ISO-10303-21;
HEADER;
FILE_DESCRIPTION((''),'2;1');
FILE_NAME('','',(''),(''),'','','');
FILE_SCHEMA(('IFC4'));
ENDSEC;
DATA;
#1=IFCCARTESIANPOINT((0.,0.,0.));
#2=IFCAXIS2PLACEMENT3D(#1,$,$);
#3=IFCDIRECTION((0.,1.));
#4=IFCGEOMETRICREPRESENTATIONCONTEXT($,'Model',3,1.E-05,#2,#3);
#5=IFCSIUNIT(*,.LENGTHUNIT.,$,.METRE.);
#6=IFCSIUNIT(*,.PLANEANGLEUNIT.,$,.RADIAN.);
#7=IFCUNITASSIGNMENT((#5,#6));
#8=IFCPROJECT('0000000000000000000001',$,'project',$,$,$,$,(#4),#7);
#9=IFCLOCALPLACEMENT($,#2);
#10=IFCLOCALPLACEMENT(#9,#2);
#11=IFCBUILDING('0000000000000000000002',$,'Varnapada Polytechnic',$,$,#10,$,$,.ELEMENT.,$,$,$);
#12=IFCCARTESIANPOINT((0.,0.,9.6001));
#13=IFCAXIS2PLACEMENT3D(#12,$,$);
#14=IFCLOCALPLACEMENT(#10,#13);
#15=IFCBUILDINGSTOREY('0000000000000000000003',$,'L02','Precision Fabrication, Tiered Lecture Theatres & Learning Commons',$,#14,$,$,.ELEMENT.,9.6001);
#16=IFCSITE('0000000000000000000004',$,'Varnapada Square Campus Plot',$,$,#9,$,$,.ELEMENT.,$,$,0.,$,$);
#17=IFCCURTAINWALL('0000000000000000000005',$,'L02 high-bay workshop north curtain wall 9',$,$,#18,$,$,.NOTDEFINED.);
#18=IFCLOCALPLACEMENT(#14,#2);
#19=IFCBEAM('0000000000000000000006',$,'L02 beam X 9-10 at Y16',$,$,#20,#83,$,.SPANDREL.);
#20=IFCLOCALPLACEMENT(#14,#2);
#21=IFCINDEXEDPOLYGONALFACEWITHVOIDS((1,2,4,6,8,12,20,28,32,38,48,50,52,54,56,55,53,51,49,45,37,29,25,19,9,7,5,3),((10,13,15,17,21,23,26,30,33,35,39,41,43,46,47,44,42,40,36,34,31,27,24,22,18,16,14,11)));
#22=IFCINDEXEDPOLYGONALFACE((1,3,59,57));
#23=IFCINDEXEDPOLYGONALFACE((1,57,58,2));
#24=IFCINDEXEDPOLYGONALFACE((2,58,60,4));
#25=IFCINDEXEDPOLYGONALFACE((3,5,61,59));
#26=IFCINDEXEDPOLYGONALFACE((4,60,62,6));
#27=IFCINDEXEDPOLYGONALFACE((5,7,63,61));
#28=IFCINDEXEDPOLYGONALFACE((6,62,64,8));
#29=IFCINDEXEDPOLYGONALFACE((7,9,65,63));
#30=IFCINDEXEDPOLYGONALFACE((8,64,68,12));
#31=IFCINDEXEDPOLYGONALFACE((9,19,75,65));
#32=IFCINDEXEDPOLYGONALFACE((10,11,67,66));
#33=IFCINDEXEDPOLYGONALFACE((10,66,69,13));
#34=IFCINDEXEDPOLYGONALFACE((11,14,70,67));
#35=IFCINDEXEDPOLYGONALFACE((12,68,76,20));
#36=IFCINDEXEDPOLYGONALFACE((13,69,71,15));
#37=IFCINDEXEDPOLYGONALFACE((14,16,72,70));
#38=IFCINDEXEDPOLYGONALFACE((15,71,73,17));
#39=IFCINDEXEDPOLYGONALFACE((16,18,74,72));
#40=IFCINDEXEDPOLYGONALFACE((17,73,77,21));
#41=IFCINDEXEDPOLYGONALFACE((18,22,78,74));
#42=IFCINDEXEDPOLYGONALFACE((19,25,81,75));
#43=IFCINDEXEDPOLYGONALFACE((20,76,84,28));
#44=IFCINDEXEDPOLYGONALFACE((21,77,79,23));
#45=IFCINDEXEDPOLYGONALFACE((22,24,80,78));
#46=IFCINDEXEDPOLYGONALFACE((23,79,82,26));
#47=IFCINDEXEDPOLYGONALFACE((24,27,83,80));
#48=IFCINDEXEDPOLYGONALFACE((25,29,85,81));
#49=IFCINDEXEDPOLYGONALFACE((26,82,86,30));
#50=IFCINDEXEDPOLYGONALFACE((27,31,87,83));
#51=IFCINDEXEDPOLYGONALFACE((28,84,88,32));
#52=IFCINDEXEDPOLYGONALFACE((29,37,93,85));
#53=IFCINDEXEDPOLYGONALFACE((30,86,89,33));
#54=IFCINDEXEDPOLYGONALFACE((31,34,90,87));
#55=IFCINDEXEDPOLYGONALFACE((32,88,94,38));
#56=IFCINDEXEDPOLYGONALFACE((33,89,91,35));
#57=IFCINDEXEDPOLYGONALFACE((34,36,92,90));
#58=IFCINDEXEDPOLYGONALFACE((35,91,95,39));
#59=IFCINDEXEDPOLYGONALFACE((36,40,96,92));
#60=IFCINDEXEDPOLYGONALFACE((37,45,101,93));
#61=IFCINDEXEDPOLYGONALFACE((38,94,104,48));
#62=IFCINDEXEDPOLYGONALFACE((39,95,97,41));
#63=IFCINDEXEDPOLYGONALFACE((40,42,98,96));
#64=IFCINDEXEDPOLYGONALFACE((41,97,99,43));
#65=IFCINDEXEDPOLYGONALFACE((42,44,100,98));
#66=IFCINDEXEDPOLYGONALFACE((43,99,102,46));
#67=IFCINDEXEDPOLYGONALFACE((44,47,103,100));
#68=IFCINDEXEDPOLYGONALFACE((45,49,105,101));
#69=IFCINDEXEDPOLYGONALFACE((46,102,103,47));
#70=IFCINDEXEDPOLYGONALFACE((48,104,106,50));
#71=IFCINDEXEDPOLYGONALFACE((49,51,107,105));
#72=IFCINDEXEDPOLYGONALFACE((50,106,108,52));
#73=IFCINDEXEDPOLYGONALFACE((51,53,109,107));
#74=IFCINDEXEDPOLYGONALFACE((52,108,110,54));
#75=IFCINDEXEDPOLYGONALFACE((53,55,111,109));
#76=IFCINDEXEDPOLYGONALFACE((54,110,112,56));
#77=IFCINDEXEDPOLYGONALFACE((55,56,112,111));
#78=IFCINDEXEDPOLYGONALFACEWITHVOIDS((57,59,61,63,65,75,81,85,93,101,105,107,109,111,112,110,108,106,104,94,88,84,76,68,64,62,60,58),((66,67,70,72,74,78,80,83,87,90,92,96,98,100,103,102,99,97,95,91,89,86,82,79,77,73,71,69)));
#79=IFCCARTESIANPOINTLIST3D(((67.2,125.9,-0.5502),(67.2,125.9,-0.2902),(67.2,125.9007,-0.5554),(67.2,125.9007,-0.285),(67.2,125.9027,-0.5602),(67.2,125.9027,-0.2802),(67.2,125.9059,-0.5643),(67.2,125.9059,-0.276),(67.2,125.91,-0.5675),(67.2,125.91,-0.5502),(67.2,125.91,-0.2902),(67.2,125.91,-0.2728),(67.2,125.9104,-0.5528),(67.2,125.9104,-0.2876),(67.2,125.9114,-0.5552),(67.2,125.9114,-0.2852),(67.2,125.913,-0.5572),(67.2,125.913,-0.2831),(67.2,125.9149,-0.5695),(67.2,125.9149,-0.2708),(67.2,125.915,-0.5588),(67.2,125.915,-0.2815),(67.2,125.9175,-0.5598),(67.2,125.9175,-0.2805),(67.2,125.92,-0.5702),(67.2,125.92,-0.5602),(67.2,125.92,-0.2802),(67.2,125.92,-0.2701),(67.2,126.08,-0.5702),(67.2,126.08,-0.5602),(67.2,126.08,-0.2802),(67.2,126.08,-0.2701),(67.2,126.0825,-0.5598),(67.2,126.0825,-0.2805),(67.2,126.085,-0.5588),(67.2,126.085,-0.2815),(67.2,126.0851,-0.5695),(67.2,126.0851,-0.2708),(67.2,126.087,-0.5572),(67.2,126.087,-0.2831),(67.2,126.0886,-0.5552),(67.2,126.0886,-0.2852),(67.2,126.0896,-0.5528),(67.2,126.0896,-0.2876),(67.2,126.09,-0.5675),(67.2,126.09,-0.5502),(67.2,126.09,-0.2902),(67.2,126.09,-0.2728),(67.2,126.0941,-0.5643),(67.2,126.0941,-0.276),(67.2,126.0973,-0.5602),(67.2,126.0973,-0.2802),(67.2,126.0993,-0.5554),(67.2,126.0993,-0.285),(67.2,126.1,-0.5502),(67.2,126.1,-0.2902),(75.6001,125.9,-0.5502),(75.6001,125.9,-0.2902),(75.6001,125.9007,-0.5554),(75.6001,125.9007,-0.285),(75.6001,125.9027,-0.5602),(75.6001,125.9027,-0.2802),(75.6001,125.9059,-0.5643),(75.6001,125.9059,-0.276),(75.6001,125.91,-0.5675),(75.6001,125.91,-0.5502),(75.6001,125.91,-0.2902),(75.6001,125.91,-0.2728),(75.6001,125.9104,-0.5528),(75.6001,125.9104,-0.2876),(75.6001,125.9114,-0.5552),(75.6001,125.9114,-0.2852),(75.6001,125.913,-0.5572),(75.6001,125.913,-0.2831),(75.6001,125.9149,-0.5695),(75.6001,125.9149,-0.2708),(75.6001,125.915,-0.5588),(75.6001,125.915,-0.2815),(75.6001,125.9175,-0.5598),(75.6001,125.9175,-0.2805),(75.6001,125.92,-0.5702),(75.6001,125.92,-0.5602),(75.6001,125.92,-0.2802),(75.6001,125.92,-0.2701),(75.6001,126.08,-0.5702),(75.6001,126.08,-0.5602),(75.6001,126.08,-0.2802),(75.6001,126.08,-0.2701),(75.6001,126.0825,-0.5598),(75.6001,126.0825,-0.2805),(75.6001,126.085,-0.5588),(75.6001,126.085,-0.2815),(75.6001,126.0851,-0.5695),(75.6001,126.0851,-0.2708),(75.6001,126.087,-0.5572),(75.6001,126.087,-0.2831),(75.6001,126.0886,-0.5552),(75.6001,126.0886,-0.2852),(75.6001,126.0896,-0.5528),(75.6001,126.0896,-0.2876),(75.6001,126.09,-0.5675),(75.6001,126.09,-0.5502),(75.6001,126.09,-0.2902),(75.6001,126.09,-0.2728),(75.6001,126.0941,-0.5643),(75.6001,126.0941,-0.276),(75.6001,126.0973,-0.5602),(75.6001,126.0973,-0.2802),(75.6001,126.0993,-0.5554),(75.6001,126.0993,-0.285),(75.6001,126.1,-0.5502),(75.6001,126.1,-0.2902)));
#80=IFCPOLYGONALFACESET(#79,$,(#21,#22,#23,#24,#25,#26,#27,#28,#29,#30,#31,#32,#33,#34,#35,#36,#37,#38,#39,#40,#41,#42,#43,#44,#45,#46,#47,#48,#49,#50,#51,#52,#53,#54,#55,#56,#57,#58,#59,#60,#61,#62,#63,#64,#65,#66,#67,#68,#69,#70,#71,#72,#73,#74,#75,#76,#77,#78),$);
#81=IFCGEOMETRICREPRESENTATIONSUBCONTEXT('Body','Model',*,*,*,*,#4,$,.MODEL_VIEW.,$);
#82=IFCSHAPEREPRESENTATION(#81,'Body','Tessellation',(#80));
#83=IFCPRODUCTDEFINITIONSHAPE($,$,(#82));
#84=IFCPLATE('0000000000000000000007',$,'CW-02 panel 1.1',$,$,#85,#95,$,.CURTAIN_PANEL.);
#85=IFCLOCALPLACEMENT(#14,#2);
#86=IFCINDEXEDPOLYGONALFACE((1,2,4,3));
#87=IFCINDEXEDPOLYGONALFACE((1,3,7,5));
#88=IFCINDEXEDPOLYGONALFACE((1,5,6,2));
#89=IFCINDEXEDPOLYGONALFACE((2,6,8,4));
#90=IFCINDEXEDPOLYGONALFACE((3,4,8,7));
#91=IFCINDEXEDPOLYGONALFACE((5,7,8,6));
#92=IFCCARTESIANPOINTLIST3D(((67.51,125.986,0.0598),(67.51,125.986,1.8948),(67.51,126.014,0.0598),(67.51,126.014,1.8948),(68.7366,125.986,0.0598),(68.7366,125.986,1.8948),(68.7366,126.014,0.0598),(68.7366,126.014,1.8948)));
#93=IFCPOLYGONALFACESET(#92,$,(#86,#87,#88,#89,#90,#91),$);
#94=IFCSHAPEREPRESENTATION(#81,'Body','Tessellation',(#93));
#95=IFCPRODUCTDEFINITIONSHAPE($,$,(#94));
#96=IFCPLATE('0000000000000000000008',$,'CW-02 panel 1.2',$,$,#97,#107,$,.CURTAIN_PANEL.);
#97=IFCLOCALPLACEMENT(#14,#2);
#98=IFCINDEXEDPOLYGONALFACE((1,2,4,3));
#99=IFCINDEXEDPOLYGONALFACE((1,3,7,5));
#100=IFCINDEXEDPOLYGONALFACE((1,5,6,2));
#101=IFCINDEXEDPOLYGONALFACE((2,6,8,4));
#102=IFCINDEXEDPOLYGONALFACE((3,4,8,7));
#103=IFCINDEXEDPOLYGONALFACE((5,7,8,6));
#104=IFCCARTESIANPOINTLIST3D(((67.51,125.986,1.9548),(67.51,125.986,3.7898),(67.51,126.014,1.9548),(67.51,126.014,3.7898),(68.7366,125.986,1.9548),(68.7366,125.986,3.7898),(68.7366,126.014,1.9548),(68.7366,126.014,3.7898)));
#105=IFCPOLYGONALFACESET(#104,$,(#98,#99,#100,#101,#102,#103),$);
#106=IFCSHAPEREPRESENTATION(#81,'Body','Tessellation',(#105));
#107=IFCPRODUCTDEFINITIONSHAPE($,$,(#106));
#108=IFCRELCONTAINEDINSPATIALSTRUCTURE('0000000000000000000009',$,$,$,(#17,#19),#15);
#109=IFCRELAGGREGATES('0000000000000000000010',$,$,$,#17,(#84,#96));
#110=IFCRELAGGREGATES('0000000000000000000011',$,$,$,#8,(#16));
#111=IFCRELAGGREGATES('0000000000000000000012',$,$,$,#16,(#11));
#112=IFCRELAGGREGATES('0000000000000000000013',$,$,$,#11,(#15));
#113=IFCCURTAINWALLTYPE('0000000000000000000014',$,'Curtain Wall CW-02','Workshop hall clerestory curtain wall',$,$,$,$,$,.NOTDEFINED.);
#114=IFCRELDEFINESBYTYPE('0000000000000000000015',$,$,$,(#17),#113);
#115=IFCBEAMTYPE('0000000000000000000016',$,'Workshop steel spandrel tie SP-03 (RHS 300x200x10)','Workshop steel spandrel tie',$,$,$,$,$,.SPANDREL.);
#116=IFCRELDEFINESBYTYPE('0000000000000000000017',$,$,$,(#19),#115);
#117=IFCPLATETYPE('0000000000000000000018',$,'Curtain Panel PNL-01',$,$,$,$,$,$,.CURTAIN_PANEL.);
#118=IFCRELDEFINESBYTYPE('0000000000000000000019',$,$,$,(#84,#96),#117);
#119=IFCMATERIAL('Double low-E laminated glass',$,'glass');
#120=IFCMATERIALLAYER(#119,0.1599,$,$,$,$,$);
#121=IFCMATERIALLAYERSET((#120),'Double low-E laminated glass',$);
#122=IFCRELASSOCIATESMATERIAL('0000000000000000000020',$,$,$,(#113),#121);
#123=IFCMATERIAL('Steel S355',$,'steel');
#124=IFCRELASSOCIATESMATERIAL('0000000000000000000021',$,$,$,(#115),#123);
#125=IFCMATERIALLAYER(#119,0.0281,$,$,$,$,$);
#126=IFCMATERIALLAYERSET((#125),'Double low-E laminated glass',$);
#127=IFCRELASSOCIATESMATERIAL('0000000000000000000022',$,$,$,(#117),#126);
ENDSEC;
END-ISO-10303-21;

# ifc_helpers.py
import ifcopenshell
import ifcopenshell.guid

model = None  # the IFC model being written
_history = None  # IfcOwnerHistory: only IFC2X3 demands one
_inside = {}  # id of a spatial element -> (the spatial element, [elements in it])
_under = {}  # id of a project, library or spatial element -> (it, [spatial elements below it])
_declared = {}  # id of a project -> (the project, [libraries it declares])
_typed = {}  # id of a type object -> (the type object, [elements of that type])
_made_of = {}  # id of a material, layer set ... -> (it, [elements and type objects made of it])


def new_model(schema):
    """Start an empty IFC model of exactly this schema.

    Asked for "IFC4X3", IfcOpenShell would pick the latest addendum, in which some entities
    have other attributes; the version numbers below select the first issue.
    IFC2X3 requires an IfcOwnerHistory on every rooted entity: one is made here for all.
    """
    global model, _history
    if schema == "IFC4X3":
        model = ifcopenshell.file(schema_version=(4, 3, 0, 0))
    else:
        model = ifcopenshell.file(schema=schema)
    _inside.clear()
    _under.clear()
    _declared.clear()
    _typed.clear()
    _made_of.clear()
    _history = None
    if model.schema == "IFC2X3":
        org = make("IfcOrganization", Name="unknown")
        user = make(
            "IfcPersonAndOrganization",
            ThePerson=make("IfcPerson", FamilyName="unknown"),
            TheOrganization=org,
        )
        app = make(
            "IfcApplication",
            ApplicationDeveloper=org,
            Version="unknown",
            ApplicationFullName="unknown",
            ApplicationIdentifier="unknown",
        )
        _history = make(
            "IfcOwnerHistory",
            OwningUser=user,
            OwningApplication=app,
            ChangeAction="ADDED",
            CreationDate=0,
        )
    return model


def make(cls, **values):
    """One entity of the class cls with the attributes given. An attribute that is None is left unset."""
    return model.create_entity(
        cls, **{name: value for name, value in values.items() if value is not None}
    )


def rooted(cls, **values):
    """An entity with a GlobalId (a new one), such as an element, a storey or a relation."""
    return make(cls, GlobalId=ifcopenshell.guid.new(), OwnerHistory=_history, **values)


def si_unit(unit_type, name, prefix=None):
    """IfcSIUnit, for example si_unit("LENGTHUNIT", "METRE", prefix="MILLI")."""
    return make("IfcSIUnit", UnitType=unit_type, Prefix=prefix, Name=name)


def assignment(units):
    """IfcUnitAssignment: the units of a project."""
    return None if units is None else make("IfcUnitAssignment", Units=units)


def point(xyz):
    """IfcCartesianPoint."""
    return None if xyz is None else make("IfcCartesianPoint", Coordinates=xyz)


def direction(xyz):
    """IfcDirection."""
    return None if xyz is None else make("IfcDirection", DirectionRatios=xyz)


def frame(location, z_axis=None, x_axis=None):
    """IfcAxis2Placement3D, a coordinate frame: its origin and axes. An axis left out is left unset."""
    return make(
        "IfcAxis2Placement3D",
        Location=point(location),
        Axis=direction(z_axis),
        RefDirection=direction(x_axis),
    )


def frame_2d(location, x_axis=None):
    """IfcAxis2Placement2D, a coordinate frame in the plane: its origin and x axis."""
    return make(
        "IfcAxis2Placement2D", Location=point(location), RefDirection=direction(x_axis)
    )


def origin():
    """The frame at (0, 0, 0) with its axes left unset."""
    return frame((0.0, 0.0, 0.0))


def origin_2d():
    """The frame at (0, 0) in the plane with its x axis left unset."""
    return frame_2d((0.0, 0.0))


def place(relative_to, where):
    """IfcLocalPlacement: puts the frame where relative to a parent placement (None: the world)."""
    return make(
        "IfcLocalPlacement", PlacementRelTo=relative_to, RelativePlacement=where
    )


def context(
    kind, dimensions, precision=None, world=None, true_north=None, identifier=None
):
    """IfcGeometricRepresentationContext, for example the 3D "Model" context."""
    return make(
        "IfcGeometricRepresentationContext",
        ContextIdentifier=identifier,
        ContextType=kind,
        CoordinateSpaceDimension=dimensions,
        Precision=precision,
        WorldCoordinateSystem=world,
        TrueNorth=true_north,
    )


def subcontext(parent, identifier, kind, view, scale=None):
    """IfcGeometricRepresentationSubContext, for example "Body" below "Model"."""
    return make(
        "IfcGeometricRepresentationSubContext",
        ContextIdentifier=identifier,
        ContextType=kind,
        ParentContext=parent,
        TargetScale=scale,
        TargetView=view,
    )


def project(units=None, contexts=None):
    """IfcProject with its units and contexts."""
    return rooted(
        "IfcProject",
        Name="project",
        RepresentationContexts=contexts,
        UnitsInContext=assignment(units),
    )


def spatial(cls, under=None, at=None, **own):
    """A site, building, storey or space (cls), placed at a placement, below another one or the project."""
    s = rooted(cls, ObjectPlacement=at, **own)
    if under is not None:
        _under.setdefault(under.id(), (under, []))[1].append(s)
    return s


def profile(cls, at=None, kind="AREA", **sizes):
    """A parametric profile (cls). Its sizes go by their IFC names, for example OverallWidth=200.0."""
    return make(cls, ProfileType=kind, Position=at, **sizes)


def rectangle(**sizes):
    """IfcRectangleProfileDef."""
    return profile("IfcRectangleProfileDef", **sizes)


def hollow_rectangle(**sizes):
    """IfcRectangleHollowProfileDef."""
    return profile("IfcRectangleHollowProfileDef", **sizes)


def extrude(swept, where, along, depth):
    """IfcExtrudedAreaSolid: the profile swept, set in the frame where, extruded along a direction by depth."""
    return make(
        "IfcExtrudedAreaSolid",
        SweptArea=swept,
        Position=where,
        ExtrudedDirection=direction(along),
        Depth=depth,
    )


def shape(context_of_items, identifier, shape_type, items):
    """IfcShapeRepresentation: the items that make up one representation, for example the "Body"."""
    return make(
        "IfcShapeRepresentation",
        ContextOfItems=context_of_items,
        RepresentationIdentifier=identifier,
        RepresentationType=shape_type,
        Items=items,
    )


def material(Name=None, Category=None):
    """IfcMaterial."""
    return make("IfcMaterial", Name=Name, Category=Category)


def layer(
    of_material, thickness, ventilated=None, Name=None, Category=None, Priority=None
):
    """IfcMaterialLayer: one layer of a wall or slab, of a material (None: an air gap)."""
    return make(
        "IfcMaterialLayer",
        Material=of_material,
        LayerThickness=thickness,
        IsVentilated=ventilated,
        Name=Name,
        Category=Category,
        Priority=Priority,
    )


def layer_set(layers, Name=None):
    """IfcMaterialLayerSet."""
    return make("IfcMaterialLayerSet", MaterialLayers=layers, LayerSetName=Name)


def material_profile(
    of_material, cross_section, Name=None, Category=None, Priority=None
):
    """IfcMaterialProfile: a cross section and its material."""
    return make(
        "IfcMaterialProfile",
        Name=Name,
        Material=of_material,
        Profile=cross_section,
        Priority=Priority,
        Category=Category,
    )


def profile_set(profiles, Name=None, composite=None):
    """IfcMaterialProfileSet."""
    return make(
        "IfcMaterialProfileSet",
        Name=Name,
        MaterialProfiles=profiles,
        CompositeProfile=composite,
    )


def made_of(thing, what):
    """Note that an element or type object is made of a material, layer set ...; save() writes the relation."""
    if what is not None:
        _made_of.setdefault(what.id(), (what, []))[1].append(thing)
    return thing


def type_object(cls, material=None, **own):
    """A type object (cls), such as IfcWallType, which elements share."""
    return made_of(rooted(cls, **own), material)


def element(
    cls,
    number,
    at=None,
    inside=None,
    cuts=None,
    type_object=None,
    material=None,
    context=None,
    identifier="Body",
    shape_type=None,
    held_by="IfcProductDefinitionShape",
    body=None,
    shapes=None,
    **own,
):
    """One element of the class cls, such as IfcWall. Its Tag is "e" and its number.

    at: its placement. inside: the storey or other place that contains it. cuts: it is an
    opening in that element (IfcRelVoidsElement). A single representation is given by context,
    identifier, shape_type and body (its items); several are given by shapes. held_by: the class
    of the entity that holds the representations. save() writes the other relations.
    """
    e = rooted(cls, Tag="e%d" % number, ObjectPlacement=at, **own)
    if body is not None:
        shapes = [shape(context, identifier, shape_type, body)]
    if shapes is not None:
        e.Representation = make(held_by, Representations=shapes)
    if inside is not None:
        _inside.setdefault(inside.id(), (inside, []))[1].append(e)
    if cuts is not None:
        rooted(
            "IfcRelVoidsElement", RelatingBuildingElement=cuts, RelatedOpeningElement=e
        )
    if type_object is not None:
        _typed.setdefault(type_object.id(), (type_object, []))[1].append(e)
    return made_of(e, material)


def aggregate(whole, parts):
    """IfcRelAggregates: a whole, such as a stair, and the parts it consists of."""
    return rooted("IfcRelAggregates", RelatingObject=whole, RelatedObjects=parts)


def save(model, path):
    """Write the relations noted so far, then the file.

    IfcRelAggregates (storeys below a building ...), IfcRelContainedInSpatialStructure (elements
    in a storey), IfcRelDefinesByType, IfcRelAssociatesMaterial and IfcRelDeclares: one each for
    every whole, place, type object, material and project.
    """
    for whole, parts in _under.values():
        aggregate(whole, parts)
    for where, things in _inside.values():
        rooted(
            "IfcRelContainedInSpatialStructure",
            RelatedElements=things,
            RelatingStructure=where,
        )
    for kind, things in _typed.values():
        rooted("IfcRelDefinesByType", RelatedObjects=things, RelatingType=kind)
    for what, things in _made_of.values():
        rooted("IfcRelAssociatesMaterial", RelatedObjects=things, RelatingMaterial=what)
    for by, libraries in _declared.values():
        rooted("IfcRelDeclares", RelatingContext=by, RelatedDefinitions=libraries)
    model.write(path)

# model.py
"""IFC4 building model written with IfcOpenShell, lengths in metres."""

from ifc_helpers import new_model, si_unit, direction, frame, origin, origin_2d, place, context, subcontext, project, spatial, rectangle, hollow_rectangle, extrude, material, layer, layer_set, material_profile, profile_set, type_object, element, aggregate, save


model = new_model("IFC4")

# Units and contexts
model_context = context("Model", 3, precision=1e-05, world=origin(), true_north=direction((0.0, 1.0)))
body_context = subcontext(model_context, "Body", "Model", "MODEL_VIEW")
ifc_project = project(units=[si_unit("LENGTHUNIT", "METRE"), si_unit("PLANEANGLEUNIT", "RADIAN")], contexts=[model_context])

# Site, building, storey
site_placement = place(None, origin())
site = spatial("IfcSite", under=ifc_project, at=site_placement, Name="Varnapada Square Campus Plot", CompositionType="ELEMENT", RefElevation=0.0)
building_placement = place(site_placement, origin())
building = spatial("IfcBuilding", under=site, at=building_placement, Name="Varnapada Polytechnic", CompositionType="ELEMENT")
storey_placement = place(building_placement, frame((0.0, 0.0, 9.6001)))
storey = spatial("IfcBuildingStorey", under=building, at=storey_placement, Name="L02", Description="Precision Fabrication, Tiered Lecture Theatres & Learning Commons", CompositionType="ELEMENT", Elevation=9.6001)

# Shared definitions
ifc_material_1 = material(Name="Steel S355", Category="steel")

# Curtain wall
ifc_material_2 = material(Name="Double low-E laminated glass", Category="glass")
ifc_layer_1 = layer(ifc_material_2, 0.1599)
ifc_layer_set_1 = layer_set([ifc_layer_1], Name="Double low-E laminated glass")
curtain_wall_type = type_object("IfcCurtainWallType", Name="Curtain Wall CW-02", Description="Workshop hall clerestory curtain wall", PredefinedType="NOTDEFINED", material=ifc_layer_set_1)
curtain_wall_placement = place(storey_placement, origin())
curtain_wall = element("IfcCurtainWall", 1, at=curtain_wall_placement, inside=storey, type_object=curtain_wall_type, Name="L02 high-bay workshop north curtain wall 9", PredefinedType="NOTDEFINED")

# Beam
ifc_material_profile_1 = material_profile(ifc_material_1, hollow_rectangle(XDim=0.2, YDim=0.3, WallThickness=0.01, InnerFilletRadius=0.01, OuterFilletRadius=0.02, at=origin_2d()), Name="RHS 300x200x10")
ifc_profile_set_1 = profile_set([ifc_material_profile_1], Name="Steel S355")
beam_type = type_object("IfcBeamType", Name="Workshop steel spandrel tie SP-03 (RHS 300x200x10)", Description="Workshop steel spandrel tie", PredefinedType="SPANDREL", material=ifc_profile_set_1)
beam_placement = place(storey_placement, frame((67.2, 126.0, -0.4202), z_axis=(1.0, 0.0, 0.0), x_axis=(0.0, 1.0, 0.0)))
element("IfcBeam", 2, at=beam_placement, inside=storey, type_object=beam_type, Name="L02 beam X 9-10 at Y16", PredefinedType="SPANDREL", context=body_context, shape_type="SweptSolid", body=[
    extrude(hollow_rectangle(XDim=0.2, YDim=0.3, WallThickness=0.01, InnerFilletRadius=0.01, OuterFilletRadius=0.02, at=origin_2d()), origin(), (0.0, 0.0, 1.0), 8.4001),
])

# Plates
ifc_layer_2 = layer(ifc_material_2, 0.0281)
ifc_layer_set_2 = layer_set([ifc_layer_2], Name="Double low-E laminated glass")
plate_type = type_object("IfcPlateType", Name="Curtain Panel PNL-01", PredefinedType="CURTAIN_PANEL", material=ifc_layer_set_2)
plate_1_placement = place(storey_placement, frame((68.1233, 126.0, 0.0598), z_axis=(0.0, 0.0, 1.0), x_axis=(1.0, 0.0, 0.0)))
plate_1 = element("IfcPlate", 3, at=plate_1_placement, type_object=plate_type, Name="CW-02 panel 1.1", PredefinedType="CURTAIN_PANEL", context=body_context, shape_type="SweptSolid", body=[
    extrude(rectangle(XDim=1.2266, YDim=0.0281, at=origin_2d()), origin(), (0.0, 0.0, 1.0), 1.835),
])
plate_2_placement = place(storey_placement, frame((68.1233, 126.0, 1.9548), z_axis=(0.0, 0.0, 1.0), x_axis=(1.0, 0.0, 0.0)))
plate_2 = element("IfcPlate", 4, at=plate_2_placement, type_object=plate_type, Name="CW-02 panel 1.2", PredefinedType="CURTAIN_PANEL", context=body_context, shape_type="SweptSolid", body=[
    extrude(rectangle(XDim=1.2266, YDim=0.0281, at=origin_2d()), origin(), (0.0, 0.0, 1.0), 1.835),
])
aggregate(curtain_wall, [plate_1, plate_2])

save(model, "model.ifc")
